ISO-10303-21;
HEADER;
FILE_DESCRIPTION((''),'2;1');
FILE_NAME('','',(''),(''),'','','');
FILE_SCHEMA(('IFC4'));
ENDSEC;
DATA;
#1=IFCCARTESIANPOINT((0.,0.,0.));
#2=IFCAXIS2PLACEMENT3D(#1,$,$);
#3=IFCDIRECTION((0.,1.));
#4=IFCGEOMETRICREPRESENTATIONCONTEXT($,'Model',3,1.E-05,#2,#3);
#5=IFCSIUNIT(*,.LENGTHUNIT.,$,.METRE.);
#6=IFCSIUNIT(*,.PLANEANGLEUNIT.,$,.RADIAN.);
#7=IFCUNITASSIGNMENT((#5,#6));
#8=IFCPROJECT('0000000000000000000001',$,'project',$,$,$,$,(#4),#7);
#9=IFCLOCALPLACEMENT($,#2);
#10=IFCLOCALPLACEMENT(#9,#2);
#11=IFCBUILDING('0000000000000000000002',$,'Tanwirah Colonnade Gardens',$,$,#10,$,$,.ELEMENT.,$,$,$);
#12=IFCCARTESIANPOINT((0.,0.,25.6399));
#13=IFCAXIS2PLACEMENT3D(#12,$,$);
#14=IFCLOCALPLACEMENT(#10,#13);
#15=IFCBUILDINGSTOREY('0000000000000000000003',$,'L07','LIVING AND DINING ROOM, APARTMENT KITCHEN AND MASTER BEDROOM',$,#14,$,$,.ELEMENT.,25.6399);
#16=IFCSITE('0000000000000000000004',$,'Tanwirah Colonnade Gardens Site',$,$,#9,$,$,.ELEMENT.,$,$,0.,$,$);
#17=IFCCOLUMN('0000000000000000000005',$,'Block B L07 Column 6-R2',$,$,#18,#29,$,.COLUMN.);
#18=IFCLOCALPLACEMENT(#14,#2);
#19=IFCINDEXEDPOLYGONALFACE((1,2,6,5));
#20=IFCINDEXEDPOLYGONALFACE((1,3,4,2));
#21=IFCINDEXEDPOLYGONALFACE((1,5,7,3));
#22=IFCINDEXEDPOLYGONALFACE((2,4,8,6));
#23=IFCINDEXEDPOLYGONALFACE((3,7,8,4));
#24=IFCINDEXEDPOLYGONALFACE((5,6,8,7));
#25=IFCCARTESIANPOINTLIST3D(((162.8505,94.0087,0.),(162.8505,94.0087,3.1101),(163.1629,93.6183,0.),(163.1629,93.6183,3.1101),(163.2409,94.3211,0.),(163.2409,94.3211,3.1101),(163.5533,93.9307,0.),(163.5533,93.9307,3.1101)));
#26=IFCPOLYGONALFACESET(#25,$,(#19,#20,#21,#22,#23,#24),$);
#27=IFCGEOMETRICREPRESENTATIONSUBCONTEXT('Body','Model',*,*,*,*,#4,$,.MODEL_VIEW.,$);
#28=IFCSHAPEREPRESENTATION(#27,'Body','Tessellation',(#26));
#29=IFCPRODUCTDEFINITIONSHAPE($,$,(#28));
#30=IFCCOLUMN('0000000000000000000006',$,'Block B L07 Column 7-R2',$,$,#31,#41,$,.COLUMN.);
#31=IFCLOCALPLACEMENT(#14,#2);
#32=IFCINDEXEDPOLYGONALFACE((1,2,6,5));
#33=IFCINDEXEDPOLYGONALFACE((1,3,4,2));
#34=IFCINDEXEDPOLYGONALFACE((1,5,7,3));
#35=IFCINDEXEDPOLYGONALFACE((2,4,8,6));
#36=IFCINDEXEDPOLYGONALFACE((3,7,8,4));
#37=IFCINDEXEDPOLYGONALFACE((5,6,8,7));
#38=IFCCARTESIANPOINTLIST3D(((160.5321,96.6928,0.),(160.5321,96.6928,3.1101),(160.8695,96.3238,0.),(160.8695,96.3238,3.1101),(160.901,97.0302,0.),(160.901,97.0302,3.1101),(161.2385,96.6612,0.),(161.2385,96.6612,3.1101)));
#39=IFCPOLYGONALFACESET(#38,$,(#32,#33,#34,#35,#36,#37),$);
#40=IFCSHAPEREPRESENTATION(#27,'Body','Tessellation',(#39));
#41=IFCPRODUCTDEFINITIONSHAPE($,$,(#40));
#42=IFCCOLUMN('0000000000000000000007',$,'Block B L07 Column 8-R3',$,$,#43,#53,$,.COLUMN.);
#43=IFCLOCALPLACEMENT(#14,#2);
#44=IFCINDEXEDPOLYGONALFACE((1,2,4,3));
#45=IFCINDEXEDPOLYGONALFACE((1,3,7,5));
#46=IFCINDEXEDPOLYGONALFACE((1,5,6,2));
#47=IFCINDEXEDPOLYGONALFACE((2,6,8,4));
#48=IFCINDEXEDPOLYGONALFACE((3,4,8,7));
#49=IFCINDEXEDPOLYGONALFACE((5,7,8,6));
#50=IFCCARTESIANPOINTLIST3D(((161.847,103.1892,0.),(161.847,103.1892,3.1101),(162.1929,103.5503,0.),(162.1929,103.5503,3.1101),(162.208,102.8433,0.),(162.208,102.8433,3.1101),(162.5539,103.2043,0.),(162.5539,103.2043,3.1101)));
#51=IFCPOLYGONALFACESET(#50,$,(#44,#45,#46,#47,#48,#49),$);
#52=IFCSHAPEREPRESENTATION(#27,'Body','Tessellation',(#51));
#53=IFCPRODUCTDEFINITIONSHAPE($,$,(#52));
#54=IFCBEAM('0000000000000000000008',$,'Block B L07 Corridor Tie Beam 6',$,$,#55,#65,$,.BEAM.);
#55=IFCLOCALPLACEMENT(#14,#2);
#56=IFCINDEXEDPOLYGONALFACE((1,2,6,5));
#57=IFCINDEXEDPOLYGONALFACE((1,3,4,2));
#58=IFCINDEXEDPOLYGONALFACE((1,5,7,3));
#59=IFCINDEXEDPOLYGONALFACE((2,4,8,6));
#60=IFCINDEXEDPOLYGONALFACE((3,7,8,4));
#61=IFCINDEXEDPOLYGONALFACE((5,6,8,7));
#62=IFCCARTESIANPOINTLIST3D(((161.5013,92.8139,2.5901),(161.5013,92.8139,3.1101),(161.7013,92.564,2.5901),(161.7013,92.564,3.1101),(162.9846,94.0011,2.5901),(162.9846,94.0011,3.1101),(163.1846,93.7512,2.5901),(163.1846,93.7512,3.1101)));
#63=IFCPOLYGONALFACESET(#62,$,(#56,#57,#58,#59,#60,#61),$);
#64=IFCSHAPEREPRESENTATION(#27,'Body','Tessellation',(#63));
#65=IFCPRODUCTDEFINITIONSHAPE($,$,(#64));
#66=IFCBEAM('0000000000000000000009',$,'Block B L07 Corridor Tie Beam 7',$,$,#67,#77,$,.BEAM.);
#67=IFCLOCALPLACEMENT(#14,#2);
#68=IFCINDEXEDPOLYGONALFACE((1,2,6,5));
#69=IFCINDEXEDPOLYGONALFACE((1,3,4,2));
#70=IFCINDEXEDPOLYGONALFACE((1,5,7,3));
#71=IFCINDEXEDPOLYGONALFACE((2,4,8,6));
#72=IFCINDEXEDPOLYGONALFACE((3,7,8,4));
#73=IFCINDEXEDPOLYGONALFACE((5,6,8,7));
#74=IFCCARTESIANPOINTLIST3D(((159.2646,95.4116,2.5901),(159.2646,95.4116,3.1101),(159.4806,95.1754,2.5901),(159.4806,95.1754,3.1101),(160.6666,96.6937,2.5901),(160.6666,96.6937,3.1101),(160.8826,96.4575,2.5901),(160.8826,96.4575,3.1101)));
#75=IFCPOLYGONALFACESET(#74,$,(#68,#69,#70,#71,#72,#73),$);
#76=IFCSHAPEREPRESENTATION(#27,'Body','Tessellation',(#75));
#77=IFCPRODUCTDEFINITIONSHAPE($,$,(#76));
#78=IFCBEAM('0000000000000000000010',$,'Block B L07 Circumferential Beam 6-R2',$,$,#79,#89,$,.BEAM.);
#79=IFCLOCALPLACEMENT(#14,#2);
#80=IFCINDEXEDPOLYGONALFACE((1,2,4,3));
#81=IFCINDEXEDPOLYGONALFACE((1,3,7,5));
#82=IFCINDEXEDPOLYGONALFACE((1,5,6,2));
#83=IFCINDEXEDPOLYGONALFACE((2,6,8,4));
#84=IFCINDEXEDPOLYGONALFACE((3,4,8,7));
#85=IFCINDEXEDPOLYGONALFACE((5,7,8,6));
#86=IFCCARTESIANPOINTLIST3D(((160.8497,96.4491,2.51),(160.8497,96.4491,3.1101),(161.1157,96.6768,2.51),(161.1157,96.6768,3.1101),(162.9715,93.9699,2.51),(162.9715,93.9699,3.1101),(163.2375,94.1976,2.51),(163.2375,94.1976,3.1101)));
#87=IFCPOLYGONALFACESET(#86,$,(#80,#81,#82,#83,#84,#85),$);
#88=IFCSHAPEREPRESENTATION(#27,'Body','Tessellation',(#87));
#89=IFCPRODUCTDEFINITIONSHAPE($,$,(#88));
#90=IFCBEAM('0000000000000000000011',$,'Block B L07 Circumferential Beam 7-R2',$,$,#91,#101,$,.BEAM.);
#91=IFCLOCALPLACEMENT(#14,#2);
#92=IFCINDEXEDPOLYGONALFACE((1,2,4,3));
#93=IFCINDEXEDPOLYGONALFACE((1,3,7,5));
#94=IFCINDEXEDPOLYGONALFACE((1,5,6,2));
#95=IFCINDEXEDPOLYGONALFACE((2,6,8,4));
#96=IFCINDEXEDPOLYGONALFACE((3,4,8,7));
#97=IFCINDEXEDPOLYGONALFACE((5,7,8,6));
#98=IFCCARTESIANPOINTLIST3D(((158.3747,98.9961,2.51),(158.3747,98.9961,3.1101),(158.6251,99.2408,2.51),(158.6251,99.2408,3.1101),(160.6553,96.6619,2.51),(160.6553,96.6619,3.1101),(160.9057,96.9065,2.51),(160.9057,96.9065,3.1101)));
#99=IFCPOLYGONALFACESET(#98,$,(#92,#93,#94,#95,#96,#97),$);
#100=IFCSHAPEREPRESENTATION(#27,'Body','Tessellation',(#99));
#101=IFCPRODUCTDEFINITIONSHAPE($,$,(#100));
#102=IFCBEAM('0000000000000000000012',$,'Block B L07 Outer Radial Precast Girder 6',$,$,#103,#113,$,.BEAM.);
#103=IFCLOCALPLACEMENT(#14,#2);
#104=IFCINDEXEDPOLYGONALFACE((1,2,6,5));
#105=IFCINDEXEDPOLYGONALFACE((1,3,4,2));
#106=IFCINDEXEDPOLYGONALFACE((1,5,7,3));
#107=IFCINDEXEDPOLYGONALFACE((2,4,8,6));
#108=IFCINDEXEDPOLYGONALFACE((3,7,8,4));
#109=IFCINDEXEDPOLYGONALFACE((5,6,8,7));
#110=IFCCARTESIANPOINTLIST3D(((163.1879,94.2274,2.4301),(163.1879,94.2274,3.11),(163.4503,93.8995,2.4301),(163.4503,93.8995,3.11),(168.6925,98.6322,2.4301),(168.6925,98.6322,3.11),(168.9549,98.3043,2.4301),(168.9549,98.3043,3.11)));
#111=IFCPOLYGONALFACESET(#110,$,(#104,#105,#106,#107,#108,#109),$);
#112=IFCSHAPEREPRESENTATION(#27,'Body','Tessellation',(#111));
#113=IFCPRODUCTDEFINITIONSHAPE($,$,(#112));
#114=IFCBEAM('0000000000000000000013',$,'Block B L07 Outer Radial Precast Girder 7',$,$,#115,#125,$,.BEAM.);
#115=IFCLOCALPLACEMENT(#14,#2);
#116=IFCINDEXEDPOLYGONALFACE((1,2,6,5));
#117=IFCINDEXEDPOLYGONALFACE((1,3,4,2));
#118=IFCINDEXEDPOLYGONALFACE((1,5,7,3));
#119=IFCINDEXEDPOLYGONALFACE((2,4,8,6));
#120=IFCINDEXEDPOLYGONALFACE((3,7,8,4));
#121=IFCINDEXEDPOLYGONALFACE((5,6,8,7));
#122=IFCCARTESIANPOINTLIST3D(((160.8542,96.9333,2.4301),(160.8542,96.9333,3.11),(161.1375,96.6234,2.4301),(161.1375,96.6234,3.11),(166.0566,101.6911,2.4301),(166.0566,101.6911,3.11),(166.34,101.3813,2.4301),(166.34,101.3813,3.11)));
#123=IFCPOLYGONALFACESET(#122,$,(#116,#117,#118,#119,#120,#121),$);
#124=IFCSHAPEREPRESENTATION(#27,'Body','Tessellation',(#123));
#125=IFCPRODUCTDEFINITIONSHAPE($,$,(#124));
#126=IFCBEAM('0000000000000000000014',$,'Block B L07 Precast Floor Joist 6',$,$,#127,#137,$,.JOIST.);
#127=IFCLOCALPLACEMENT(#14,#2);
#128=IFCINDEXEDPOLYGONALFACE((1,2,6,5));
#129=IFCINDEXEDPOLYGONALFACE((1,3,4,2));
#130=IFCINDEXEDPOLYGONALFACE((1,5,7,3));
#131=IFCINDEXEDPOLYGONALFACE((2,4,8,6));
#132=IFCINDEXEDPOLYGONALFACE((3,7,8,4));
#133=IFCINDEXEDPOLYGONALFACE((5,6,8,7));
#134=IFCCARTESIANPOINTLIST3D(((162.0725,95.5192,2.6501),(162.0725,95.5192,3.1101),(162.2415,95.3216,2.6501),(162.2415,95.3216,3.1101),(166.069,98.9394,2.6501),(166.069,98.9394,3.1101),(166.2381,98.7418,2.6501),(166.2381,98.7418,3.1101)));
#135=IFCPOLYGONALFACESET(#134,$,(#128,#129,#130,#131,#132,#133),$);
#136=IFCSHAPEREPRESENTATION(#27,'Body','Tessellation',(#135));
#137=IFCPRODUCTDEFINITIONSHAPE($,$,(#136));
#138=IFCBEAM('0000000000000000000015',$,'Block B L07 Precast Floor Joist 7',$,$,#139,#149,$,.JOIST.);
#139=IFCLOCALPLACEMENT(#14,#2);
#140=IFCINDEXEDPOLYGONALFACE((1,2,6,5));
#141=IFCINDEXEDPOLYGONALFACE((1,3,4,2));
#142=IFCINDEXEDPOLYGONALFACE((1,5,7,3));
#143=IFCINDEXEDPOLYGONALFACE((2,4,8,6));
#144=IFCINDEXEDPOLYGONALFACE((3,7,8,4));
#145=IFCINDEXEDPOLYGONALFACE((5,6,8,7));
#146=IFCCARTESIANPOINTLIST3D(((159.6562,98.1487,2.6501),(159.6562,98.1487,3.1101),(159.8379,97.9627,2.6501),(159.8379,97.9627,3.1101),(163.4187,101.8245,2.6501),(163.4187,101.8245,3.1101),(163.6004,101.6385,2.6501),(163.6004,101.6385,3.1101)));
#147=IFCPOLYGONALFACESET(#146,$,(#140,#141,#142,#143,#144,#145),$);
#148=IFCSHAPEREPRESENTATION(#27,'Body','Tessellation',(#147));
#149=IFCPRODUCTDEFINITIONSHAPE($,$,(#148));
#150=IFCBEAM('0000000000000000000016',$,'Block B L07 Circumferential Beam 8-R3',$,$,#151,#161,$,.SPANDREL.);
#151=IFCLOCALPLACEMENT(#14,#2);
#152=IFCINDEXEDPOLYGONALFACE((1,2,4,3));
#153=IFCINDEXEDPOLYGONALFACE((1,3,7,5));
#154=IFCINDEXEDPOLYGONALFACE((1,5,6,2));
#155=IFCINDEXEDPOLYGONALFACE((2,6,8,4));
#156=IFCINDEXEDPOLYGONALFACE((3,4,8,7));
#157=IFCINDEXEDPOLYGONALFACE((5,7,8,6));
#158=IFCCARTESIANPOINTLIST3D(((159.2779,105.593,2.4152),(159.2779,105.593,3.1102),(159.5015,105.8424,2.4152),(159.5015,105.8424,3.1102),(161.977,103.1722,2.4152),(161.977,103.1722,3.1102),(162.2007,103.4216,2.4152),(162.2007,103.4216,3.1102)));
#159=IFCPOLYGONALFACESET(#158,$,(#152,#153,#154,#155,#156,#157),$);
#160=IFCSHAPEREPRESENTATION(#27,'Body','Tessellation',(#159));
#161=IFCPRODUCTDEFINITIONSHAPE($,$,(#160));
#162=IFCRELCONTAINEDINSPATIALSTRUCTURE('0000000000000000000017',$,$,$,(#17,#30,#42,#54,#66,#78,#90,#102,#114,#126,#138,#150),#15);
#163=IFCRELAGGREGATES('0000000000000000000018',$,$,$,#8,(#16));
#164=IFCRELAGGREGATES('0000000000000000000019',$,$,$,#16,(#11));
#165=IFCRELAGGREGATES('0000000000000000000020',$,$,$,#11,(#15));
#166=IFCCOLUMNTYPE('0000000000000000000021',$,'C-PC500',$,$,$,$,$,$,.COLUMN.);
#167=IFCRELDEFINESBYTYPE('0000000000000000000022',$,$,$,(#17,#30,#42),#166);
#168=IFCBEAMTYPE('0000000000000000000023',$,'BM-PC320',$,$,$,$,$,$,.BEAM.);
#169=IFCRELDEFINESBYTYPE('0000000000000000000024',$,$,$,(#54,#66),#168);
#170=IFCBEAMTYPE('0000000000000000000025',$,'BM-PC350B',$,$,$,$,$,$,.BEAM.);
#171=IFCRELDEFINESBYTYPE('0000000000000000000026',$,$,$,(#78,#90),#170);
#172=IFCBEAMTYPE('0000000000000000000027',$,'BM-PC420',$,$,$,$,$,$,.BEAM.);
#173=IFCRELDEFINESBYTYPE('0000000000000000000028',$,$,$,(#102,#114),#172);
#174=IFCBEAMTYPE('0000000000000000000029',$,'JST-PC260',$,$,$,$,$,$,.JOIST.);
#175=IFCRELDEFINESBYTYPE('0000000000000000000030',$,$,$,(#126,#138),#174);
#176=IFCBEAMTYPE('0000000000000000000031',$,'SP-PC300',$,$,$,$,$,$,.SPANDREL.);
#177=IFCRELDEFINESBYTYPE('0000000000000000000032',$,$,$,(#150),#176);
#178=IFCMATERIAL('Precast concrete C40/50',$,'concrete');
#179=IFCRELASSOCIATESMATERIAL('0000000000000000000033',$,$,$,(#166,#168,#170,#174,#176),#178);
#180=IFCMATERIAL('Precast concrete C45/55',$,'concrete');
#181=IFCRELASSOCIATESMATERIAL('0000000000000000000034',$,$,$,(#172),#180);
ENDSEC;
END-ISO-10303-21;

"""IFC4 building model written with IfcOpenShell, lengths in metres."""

from ifc_helpers import new_model, si_unit, direction, frame, origin, origin_2d, place, context, subcontext, project, spatial, rectangle, extrude, material, material_profile, profile_set, type_object, element, save


model = new_model("IFC4")

# Units and contexts
model_context = context("Model", 3, precision=1e-05, world=origin(), true_north=direction((0.0, 1.0)))
body_context = subcontext(model_context, "Body", "Model", "MODEL_VIEW")
ifc_project = project(units=[si_unit("LENGTHUNIT", "METRE"), si_unit("PLANEANGLEUNIT", "RADIAN")], contexts=[model_context])

# Site, building, storey
site_placement = place(None, origin())
site = spatial("IfcSite", under=ifc_project, at=site_placement, Name="Tanwirah Colonnade Gardens Site", CompositionType="ELEMENT", RefElevation=0.0)
building_placement = place(site_placement, origin())
building = spatial("IfcBuilding", under=site, at=building_placement, Name="Tanwirah Colonnade Gardens", CompositionType="ELEMENT")
storey_placement = place(building_placement, frame((0.0, 0.0, 25.6399)))
storey = spatial("IfcBuildingStorey", under=building, at=storey_placement, Name="L07", Description="LIVING AND DINING ROOM, APARTMENT KITCHEN AND MASTER BEDROOM", CompositionType="ELEMENT", Elevation=25.6399)

# Columns
ifc_material_1 = material(Name="Precast concrete C40/50", Category="concrete")
ifc_material_profile_1 = material_profile(ifc_material_1, rectangle(XDim=0.5, YDim=0.5, at=origin_2d()), Name="PC-COL 500x500")
ifc_profile_set_1 = profile_set([ifc_material_profile_1], Name="Precast concrete C40/50")
column_type = type_object("IfcColumnType", Name="C-PC500", PredefinedType="COLUMN", material=ifc_profile_set_1)
for number, where, z_axis, x_axis, name in (
    (1, (163.2019, 93.9697, 0.0), (0.0, 0.0, 1.0), (0.780794, 0.624789, 0.0), "Block B L07 Column 6-R2"),
    (2, (160.8853, 96.677, 0.0), (0.0, 0.0, 1.0), (0.737932, 0.674875, 0.0), "Block B L07 Column 7-R2"),
    (3, (162.2004, 103.1968, 0.0), (0.0, 0.0, 1.0), (0.691863, 0.722029, 0.0), "Block B L07 Column 8-R3"),
):
    element("IfcColumn", number, at=place(storey_placement, frame(where, z_axis=z_axis, x_axis=x_axis)), inside=storey, type_object=column_type, Name=name, PredefinedType="COLUMN", context=body_context, shape_type="SweptSolid", body=[
        extrude(rectangle(XDim=0.5, YDim=0.5, at=origin_2d()), origin(), (0.0, 0.0, 1.0), 3.1101),
    ])

# Beams
ifc_material_profile_2 = material_profile(ifc_material_1, rectangle(XDim=0.3201, YDim=0.52, at=origin_2d()), Name="PC-BM 320x520")
ifc_profile_set_2 = profile_set([ifc_material_profile_2], Name="Precast concrete C40/50")
beam_type_1 = type_object("IfcBeamType", Name="BM-PC320", PredefinedType="BEAM", material=ifc_profile_set_2)
for number, where, z_axis, x_axis, name in (
    (4, (161.6013, 92.689, 2.8501), (0.780731, 0.624867, 0.0), (-0.624867, 0.780731, 0.0), "Block B L07 Corridor Tie Beam 6"),
    (5, (159.3726, 95.2935, 2.8501), (0.737948, 0.674857, 0.0), (-0.674857, 0.737948, 0.0), "Block B L07 Corridor Tie Beam 7"),
):
    element("IfcBeam", number, at=place(storey_placement, frame(where, z_axis=z_axis, x_axis=x_axis)), inside=storey, type_object=beam_type_1, Name=name, PredefinedType="BEAM", context=body_context, shape_type="SweptSolid", body=[
        extrude(rectangle(XDim=0.3201, YDim=0.52, at=origin_2d()), origin(), (0.0, 0.0, 1.0), 1.8999),
    ])
ifc_material_profile_3 = material_profile(ifc_material_1, rectangle(XDim=0.3501, YDim=0.6001, at=origin_2d()), Name="PC-BM 350x600")
ifc_profile_set_3 = profile_set([ifc_material_profile_3], Name="Precast concrete C40/50")
beam_type_2 = type_object("IfcBeamType", Name="BM-PC350B", PredefinedType="BEAM", material=ifc_profile_set_3)
beam_1_placement = place(storey_placement, frame((163.1045, 94.0837, 2.8101), z_axis=(-0.650218, 0.759748, 0.0), x_axis=(-0.759748, -0.650218, 0.0)))
element("IfcBeam", 6, at=beam_1_placement, inside=storey, type_object=beam_type_2, Name="Block B L07 Circumferential Beam 6-R2", PredefinedType="BEAM", context=body_context, shape_type="SweptSolid", body=[
    extrude(rectangle(XDim=0.3501, YDim=0.6001, at=origin_2d()), origin(), (0.0, 0.0, 1.0), 3.2632),
])
beam_2_placement = place(storey_placement, frame((160.7805, 96.7842, 2.8101), z_axis=(-0.698829, 0.715288, 0.0), x_axis=(-0.715288, -0.698829, 0.0)))
element("IfcBeam", 7, at=beam_2_placement, inside=storey, type_object=beam_type_2, Name="Block B L07 Circumferential Beam 7-R2", PredefinedType="BEAM", context=body_context, shape_type="SweptSolid", body=[
    extrude(rectangle(XDim=0.3501, YDim=0.6001, at=origin_2d()), origin(), (0.0, 0.0, 1.0), 3.2634),
])
ifc_material_2 = material(Name="Precast concrete C45/55", Category="concrete")
ifc_material_profile_4 = material_profile(ifc_material_2, rectangle(XDim=0.4199, YDim=0.6799, at=origin_2d()), Name="PC-BM 420x680")
ifc_profile_set_4 = profile_set([ifc_material_profile_4], Name="Precast concrete C45/55")
beam_type_3 = type_object("IfcBeamType", Name="BM-PC420", PredefinedType="BEAM", material=ifc_profile_set_4)
for number, where, z_axis, x_axis, name in (
    (8, (163.3191, 94.0635, 2.77), (0.780794, 0.624788, 0.0), (-0.624788, 0.780794, 0.0), "Block B L07 Outer Radial Precast Girder 6"),
    (9, (160.9958, 96.7783, 2.77), (0.737934, 0.674873, 0.0), (-0.674873, 0.737934, 0.0), "Block B L07 Outer Radial Precast Girder 7"),
):
    element("IfcBeam", number, at=place(storey_placement, frame(where, z_axis=z_axis, x_axis=x_axis)), inside=storey, type_object=beam_type_3, Name=name, PredefinedType="BEAM", context=body_context, shape_type="SweptSolid", body=[
        extrude(rectangle(XDim=0.4199, YDim=0.6799, at=origin_2d()), origin(), (0.0, 0.0, 1.0), 7.05),
    ])
ifc_material_profile_5 = material_profile(ifc_material_1, rectangle(XDim=0.26, YDim=0.46, at=origin_2d()), Name="PC-JST 260x460")
ifc_profile_set_5 = profile_set([ifc_material_profile_5], Name="Precast concrete C40/50")
beam_type_4 = type_object("IfcBeamType", Name="JST-PC260", PredefinedType="JOIST", material=ifc_profile_set_5)
beam_3_placement = place(storey_placement, frame((162.157, 95.4204, 2.8801), z_axis=(0.759771, 0.650191, 0.0), x_axis=(-0.650191, 0.759771, 0.0)))
element("IfcBeam", 10, at=beam_3_placement, inside=storey, type_object=beam_type_4, Name="Block B L07 Precast Floor Joist 6", PredefinedType="JOIST", context=body_context, shape_type="SweptSolid", body=[
    extrude(rectangle(XDim=0.26, YDim=0.46, at=origin_2d()), origin(), (0.0, 0.0, 1.0), 5.2603),
])
beam_4_placement = place(storey_placement, frame((159.7471, 98.0557, 2.8801), z_axis=(0.715297, 0.69882, 0.0), x_axis=(-0.69882, 0.715297, 0.0)))
element("IfcBeam", 11, at=beam_4_placement, inside=storey, type_object=beam_type_4, Name="Block B L07 Precast Floor Joist 7", PredefinedType="JOIST", context=body_context, shape_type="SweptSolid", body=[
    extrude(rectangle(XDim=0.26, YDim=0.46, at=origin_2d()), origin(), (0.0, 0.0, 1.0), 5.26),
])
ifc_material_profile_6 = material_profile(ifc_material_1, rectangle(XDim=0.335, YDim=0.6951, at=origin_2d()), Name="PC-SP 335x695")
ifc_profile_set_6 = profile_set([ifc_material_profile_6], Name="Precast concrete C40/50")
beam_type_5 = type_object("IfcBeamType", Name="SP-PC300", PredefinedType="SPANDREL", material=ifc_profile_set_6)
beam_5_placement = place(storey_placement, frame((162.0889, 103.2969, 2.7627), z_axis=(-0.744445, 0.667684, 0.0), x_axis=(-0.667684, -0.744445, 0.0)))
element("IfcBeam", 12, at=beam_5_placement, inside=storey, type_object=beam_type_5, Name="Block B L07 Circumferential Beam 8-R3", PredefinedType="SPANDREL", context=body_context, shape_type="SweptSolid", body=[
    extrude(rectangle(XDim=0.335, YDim=0.6951, at=origin_2d()), origin(), (0.0, 0.0, 1.0), 3.6257),
])

save(model, "model.ifc")
